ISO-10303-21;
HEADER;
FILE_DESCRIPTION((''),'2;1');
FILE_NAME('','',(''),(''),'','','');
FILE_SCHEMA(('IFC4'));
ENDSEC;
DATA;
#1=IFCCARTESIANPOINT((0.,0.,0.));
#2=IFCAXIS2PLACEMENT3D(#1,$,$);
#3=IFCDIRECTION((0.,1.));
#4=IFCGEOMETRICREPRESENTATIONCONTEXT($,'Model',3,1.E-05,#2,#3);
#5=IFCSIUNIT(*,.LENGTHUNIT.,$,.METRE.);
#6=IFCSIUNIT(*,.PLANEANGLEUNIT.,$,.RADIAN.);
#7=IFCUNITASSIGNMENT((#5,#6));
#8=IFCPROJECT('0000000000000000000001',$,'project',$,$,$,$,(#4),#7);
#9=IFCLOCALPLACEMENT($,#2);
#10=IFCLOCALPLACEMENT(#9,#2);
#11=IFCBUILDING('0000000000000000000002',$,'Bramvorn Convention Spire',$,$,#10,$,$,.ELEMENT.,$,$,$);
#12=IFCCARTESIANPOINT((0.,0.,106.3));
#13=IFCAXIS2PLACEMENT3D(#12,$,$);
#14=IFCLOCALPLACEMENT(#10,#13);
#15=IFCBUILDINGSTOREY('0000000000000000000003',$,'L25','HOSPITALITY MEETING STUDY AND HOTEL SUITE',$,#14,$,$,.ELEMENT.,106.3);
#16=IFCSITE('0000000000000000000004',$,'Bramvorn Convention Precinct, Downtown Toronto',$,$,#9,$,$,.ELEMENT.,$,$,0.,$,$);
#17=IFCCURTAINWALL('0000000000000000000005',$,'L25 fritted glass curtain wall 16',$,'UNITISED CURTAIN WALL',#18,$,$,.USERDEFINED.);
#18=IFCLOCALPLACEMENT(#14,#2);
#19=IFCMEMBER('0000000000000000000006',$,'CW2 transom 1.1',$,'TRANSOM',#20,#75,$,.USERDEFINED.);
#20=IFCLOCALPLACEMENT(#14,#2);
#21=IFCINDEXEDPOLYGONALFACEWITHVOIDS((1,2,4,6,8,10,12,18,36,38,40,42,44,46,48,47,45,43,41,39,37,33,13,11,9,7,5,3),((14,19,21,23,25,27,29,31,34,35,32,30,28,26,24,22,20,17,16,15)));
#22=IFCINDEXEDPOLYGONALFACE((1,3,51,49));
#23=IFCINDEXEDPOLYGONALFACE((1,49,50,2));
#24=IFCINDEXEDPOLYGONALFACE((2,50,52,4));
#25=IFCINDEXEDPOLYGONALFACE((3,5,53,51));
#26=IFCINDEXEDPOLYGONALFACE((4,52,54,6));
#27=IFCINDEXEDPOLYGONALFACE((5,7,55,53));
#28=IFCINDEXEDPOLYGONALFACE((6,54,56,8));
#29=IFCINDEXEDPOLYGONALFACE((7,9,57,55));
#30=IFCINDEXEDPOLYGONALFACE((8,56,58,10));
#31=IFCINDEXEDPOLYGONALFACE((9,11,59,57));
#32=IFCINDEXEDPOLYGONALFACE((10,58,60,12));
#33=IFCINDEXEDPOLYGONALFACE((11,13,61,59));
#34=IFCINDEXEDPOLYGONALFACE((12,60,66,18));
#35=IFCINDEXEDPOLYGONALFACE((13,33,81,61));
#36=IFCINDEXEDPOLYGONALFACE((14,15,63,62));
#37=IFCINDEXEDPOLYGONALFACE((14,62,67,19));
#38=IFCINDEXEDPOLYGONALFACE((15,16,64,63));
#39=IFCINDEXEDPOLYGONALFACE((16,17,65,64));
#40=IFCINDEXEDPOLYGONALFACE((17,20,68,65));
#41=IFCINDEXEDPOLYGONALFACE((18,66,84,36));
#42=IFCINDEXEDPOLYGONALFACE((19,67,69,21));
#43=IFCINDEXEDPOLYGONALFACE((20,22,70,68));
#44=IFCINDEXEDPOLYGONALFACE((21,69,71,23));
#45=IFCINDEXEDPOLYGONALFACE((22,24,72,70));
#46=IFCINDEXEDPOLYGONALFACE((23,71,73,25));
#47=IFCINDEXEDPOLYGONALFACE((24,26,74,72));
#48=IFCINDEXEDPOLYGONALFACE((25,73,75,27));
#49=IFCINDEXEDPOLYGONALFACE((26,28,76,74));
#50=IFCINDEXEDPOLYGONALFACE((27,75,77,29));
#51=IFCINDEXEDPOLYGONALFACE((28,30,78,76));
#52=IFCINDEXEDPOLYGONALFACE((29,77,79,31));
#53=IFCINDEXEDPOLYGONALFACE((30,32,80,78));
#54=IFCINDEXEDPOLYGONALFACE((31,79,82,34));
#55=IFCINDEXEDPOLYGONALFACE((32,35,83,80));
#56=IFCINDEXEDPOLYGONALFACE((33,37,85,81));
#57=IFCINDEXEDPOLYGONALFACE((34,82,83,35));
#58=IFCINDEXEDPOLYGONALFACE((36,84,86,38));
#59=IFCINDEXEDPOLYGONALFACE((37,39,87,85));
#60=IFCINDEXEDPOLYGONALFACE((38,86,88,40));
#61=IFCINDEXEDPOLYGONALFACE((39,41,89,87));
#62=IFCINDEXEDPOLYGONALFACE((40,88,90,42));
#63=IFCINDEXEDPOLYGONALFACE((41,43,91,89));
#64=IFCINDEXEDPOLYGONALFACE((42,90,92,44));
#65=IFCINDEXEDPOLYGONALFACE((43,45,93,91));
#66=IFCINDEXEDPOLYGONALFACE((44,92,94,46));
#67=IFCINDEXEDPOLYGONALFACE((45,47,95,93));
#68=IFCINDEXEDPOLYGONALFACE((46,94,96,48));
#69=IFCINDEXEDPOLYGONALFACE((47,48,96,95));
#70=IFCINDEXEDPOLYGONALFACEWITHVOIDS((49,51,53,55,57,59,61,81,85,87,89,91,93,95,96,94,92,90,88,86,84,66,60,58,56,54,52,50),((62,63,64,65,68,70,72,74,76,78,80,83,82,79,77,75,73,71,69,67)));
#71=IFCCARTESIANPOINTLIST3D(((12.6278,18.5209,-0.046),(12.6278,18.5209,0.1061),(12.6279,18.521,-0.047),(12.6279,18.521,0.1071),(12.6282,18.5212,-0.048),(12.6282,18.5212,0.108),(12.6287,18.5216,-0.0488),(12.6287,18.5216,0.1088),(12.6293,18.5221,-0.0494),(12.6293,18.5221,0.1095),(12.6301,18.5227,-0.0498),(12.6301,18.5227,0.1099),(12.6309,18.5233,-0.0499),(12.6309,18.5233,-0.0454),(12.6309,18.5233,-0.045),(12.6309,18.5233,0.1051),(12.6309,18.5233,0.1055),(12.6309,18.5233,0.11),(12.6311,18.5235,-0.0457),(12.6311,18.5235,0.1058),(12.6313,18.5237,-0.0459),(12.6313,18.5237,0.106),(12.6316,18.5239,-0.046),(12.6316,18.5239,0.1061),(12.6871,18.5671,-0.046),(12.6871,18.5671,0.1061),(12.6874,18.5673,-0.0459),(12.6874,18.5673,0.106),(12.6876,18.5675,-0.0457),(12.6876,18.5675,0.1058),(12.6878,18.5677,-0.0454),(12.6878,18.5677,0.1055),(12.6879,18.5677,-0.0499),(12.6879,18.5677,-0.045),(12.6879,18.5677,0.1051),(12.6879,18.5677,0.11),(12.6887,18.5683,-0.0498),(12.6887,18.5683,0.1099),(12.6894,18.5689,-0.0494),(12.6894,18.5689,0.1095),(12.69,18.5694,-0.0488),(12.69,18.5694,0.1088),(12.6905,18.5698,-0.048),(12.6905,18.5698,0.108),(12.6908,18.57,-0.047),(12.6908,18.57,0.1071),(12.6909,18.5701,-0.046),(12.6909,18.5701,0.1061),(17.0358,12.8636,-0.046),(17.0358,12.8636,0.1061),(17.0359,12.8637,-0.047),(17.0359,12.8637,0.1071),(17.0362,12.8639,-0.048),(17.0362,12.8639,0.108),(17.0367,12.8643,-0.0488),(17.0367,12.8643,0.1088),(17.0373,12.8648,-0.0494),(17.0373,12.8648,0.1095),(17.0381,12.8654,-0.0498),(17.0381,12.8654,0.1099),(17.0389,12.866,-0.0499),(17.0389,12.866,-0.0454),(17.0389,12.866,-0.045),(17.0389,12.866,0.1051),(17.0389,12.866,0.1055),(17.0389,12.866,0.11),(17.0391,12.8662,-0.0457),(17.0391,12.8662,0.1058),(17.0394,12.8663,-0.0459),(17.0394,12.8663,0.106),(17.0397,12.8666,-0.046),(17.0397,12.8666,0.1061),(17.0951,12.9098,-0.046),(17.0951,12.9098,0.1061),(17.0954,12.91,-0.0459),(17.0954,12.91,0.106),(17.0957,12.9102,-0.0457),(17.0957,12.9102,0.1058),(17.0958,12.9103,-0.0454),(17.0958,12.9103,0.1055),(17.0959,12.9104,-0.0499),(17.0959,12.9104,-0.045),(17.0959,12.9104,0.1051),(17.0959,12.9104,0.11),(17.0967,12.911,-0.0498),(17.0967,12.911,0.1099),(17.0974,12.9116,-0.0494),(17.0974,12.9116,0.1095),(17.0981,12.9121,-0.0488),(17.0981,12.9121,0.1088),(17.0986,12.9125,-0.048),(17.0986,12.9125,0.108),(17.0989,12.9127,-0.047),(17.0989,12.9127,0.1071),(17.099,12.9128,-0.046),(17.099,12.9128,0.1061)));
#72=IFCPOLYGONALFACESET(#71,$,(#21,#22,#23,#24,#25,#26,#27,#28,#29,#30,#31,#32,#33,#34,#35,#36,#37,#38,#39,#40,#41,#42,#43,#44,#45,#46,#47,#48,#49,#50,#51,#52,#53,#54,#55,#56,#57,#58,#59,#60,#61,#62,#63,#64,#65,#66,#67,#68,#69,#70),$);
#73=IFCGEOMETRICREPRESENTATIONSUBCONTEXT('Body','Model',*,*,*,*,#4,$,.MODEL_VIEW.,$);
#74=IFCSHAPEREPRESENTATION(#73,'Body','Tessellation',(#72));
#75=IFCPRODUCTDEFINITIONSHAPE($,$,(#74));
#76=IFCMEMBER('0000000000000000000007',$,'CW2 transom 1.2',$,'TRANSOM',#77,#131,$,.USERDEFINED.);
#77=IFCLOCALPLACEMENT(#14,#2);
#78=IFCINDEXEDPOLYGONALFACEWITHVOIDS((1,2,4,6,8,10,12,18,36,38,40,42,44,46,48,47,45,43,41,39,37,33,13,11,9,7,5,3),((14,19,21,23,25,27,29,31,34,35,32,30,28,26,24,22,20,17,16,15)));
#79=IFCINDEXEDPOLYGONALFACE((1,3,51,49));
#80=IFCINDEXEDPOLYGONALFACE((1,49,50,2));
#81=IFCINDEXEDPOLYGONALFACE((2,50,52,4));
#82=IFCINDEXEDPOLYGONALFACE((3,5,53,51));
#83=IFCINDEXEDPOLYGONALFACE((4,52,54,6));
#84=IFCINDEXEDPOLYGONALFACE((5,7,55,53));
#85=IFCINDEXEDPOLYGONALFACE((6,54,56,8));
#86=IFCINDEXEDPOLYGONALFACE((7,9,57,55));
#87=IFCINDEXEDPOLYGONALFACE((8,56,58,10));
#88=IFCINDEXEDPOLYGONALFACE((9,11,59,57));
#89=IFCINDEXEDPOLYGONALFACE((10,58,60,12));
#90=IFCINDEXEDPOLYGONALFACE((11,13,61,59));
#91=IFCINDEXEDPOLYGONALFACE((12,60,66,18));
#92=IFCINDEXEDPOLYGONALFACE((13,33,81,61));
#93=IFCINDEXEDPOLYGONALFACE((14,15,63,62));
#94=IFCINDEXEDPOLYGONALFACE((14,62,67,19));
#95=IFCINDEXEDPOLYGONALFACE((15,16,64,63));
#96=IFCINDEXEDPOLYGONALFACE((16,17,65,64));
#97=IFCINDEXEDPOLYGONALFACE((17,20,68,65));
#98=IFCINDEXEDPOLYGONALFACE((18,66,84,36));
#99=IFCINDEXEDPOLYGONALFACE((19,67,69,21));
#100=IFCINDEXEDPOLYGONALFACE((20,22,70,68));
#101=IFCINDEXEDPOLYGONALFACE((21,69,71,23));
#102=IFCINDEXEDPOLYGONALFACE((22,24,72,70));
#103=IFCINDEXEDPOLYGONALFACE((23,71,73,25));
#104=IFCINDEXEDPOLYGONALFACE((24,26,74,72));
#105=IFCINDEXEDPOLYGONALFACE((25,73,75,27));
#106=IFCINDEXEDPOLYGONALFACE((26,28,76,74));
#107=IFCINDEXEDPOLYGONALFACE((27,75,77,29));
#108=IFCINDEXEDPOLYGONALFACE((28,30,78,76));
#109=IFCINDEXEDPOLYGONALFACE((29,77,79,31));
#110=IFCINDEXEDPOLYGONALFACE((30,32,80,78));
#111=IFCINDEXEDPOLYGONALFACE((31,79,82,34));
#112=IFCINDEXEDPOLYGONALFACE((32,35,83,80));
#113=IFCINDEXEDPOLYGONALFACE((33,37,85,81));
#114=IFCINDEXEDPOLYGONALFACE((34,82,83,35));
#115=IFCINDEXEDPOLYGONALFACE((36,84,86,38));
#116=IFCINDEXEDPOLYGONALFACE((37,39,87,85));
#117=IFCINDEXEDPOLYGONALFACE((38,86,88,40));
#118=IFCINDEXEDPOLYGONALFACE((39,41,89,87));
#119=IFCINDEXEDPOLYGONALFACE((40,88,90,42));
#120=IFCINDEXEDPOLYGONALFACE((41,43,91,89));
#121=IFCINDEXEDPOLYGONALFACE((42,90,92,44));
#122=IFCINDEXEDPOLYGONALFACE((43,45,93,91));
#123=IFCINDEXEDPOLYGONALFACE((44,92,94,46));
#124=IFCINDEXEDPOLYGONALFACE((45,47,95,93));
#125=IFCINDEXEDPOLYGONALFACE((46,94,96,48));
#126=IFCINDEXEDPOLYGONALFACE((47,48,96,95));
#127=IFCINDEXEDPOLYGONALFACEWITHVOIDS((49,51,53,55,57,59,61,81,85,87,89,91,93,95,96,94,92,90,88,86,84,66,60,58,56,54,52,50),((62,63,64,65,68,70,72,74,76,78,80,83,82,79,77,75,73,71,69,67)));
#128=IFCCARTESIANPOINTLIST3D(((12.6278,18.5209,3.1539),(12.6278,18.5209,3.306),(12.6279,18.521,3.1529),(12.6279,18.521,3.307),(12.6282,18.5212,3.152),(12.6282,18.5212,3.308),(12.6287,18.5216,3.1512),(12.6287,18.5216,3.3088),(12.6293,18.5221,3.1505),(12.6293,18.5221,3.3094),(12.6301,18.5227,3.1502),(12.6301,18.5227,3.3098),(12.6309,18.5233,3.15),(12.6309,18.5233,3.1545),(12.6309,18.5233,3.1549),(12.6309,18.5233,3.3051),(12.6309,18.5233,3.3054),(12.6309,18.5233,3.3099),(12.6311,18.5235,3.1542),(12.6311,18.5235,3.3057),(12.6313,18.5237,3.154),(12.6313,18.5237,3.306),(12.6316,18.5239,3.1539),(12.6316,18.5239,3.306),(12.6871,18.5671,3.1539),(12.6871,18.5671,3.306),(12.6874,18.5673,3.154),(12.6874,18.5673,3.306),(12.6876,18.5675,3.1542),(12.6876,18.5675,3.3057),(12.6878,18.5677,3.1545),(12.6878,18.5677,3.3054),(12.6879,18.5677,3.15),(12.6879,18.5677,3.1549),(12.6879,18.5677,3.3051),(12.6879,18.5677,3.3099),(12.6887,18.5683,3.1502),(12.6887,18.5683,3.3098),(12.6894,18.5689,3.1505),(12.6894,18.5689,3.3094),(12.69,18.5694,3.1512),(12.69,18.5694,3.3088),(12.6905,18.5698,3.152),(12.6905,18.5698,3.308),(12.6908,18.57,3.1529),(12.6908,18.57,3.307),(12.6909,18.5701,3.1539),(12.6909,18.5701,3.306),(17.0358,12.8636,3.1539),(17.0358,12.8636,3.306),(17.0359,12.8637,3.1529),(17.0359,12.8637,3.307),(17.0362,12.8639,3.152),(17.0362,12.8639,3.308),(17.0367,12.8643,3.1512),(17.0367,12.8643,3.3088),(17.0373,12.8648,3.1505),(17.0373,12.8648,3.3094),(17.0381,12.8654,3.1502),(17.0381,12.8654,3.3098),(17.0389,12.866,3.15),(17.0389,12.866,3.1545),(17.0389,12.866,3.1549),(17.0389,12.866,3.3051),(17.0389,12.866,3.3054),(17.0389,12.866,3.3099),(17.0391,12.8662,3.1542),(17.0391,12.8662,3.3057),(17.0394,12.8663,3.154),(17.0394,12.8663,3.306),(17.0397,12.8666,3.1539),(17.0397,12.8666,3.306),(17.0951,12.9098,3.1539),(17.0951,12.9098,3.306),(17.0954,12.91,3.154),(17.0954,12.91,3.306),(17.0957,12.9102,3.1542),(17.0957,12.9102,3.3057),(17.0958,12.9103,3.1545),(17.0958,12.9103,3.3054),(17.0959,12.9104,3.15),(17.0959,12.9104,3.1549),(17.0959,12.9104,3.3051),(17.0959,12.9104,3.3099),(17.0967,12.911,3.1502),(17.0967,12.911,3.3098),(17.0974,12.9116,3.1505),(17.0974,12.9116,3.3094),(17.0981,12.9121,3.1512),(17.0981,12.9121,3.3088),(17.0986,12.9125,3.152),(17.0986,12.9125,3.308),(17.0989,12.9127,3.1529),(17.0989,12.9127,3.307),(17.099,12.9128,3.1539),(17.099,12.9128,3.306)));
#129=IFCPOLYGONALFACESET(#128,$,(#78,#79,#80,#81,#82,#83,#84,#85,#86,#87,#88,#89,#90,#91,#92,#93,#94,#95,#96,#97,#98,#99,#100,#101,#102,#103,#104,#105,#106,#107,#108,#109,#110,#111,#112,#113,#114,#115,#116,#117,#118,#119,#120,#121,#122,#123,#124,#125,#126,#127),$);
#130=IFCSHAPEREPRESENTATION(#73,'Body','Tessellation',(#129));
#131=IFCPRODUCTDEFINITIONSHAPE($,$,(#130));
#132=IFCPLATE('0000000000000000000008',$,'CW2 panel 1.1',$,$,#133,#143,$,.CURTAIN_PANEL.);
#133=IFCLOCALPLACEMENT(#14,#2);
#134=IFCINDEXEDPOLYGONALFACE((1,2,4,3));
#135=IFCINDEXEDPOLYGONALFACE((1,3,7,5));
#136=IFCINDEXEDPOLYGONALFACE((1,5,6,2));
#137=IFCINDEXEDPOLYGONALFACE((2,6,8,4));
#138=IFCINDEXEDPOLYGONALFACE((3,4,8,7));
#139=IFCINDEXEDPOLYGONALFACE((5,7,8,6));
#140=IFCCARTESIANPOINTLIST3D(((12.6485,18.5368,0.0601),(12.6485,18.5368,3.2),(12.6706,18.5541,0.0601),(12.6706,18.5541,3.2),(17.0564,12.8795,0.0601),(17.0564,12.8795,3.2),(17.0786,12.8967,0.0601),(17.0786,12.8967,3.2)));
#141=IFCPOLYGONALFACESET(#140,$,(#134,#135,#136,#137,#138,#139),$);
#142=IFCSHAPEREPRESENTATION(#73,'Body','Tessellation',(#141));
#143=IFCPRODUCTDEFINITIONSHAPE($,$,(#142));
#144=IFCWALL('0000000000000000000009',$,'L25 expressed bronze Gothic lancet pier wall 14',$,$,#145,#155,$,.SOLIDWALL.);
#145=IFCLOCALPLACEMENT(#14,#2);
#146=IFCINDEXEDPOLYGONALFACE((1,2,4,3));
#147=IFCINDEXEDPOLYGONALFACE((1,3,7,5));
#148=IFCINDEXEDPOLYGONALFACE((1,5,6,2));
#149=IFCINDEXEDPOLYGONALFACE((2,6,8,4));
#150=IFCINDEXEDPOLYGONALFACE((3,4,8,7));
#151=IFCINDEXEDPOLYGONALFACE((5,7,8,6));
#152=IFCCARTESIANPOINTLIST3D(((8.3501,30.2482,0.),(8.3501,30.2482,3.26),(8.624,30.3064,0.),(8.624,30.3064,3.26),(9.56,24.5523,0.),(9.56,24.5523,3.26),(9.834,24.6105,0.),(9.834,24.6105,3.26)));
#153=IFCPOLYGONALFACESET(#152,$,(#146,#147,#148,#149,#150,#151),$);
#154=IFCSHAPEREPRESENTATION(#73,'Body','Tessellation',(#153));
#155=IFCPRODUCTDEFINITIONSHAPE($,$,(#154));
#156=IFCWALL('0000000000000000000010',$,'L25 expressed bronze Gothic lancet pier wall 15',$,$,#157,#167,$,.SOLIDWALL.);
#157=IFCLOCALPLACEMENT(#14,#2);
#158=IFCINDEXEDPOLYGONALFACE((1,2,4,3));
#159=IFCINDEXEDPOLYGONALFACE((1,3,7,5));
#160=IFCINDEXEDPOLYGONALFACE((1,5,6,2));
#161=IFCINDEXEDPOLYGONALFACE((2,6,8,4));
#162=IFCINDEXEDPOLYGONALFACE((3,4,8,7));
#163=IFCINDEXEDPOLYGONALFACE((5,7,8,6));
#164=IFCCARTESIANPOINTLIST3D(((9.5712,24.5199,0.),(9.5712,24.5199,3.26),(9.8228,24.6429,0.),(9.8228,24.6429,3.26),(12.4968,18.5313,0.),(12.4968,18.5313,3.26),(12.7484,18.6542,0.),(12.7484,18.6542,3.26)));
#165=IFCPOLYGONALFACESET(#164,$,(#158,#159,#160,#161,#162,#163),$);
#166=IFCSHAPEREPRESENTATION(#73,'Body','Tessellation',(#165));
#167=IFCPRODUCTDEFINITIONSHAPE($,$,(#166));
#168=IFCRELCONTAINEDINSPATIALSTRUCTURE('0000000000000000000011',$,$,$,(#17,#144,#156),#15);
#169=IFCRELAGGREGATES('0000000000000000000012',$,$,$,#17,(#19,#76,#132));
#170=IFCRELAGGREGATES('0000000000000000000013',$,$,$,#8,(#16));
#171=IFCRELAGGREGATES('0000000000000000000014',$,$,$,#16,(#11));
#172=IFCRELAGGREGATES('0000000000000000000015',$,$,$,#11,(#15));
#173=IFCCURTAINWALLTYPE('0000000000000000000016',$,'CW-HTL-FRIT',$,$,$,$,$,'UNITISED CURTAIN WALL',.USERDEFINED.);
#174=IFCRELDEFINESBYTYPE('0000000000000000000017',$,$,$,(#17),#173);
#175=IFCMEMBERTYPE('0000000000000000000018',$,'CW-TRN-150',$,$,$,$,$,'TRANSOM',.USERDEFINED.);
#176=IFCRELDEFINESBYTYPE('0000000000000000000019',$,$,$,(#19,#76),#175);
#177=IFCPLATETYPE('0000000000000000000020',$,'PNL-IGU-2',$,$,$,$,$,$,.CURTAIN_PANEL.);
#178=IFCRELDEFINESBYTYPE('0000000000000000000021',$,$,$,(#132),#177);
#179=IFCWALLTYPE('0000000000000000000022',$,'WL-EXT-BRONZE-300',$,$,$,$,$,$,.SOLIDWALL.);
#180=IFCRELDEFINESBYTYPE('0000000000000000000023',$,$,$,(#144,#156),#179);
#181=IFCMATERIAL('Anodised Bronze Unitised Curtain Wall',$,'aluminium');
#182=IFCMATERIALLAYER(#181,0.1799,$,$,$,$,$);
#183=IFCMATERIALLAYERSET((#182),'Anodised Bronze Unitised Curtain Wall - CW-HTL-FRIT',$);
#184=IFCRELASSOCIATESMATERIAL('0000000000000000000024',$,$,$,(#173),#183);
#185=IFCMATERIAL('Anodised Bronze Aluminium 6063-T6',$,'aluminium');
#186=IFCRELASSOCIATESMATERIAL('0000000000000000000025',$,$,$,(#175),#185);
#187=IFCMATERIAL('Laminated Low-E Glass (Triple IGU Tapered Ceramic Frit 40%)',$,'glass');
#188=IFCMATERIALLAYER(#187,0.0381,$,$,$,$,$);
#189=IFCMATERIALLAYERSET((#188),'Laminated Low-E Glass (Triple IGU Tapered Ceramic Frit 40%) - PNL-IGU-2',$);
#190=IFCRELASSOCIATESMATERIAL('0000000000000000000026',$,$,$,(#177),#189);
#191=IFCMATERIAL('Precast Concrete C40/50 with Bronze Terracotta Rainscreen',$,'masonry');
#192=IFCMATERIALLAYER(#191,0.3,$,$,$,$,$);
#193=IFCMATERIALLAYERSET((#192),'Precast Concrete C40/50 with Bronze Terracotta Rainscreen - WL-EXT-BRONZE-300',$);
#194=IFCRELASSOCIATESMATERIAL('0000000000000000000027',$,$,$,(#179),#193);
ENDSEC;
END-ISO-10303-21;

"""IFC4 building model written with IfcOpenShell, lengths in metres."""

from ifc_helpers import new_model, si_unit, direction, frame, frame_2d, origin, origin_2d, place, context, subcontext, project, spatial, rectangle, hollow_rectangle, extrude, material, layer, layer_set, material_profile, profile_set, type_object, element, aggregate, save


model = new_model("IFC4")

# Units and contexts
model_context = context("Model", 3, precision=1e-05, world=origin(), true_north=direction((0.0, 1.0)))
body_context = subcontext(model_context, "Body", "Model", "MODEL_VIEW")
ifc_project = project(units=[si_unit("LENGTHUNIT", "METRE"), si_unit("PLANEANGLEUNIT", "RADIAN")], contexts=[model_context])

# Site, building, storey
site_placement = place(None, origin())
site = spatial("IfcSite", under=ifc_project, at=site_placement, Name="Bramvorn Convention Precinct, Downtown Toronto", CompositionType="ELEMENT", RefElevation=0.0)
building_placement = place(site_placement, origin())
building = spatial("IfcBuilding", under=site, at=building_placement, Name="Bramvorn Convention Spire", CompositionType="ELEMENT")
storey_placement = place(building_placement, frame((0.0, 0.0, 106.3)))
storey = spatial("IfcBuildingStorey", under=building, at=storey_placement, Name="L25", Description="HOSPITALITY MEETING STUDY AND HOTEL SUITE", CompositionType="ELEMENT", Elevation=106.3)

# Curtain wall
ifc_material_1 = material(Name="Anodised Bronze Unitised Curtain Wall", Category="aluminium")
ifc_layer_1 = layer(ifc_material_1, 0.1799)
ifc_layer_set_1 = layer_set([ifc_layer_1], Name="Anodised Bronze Unitised Curtain Wall - CW-HTL-FRIT")
curtain_wall_type = type_object("IfcCurtainWallType", Name="CW-HTL-FRIT", ElementType="UNITISED CURTAIN WALL", PredefinedType="USERDEFINED", material=ifc_layer_set_1)
curtain_wall_1_placement = place(storey_placement, origin())
curtain_wall_1 = element("IfcCurtainWall", 1, at=curtain_wall_1_placement, inside=storey, type_object=curtain_wall_type, Name="L25 fritted glass curtain wall 16", ObjectType="UNITISED CURTAIN WALL", PredefinedType="USERDEFINED")
ifc_material_2 = material(Name="Anodised Bronze Aluminium 6063-T6", Category="aluminium")

# Members
ifc_material_profile_1 = material_profile(ifc_material_2, hollow_rectangle(XDim=0.0801, YDim=0.1599, WallThickness=0.0039, InnerFilletRadius=0.001, OuterFilletRadius=0.0039, at=origin_2d()))
ifc_profile_set_1 = profile_set([ifc_material_profile_1], Name="Anodised Bronze Aluminium 6063-T6 - CWT80X160")
member_type_1 = type_object("IfcMemberType", Name="CW-TRN-150", ElementType="TRANSOM", PredefinedType="USERDEFINED", material=ifc_profile_set_1)
member_1_placement = place(storey_placement, frame((17.0674, 12.8882, 0.03), z_axis=(-0.614626, 0.788819, 0.0), x_axis=(-0.788819, -0.614626, 0.0)))
member_1 = element("IfcMember", 2, at=member_1_placement, type_object=member_type_1, Name="CW2 transom 1.1", ObjectType="TRANSOM", PredefinedType="USERDEFINED", context=body_context, shape_type="SweptSolid", body=[
    extrude(hollow_rectangle(XDim=0.0801, YDim=0.1599, WallThickness=0.0039, InnerFilletRadius=0.001, OuterFilletRadius=0.0039, at=origin_2d()), origin(), (0.0, 0.0, 1.0), 7.1719),
])
member_2_placement = place(storey_placement, frame((17.0674, 12.8882, 3.23), z_axis=(-0.614626, 0.788819, 0.0), x_axis=(-0.788819, -0.614626, 0.0)))
member_2 = element("IfcMember", 3, at=member_2_placement, type_object=member_type_1, Name="CW2 transom 1.2", ObjectType="TRANSOM", PredefinedType="USERDEFINED", context=body_context, shape_type="SweptSolid", body=[
    extrude(hollow_rectangle(XDim=0.0801, YDim=0.1599, WallThickness=0.0039, InnerFilletRadius=0.001, OuterFilletRadius=0.0039, at=origin_2d()), origin(), (0.0, 0.0, 1.0), 7.1719),
])

# Plate
ifc_material_3 = material(Name="Laminated Low-E Glass (Triple IGU Tapered Ceramic Frit 40%)", Category="glass")
ifc_layer_2 = layer(ifc_material_3, 0.0381)
ifc_layer_set_2 = layer_set([ifc_layer_2], Name="Laminated Low-E Glass (Triple IGU Tapered Ceramic Frit 40%) - PNL-IGU-2")
plate_type = type_object("IfcPlateType", Name="PNL-IGU-2", PredefinedType="CURTAIN_PANEL", material=ifc_layer_set_2)
plate_placement = place(storey_placement, frame((14.8635, 15.7168, 0.0601), z_axis=(0.0, 0.0, 1.0), x_axis=(-0.614617, 0.788825, 0.0)))
plate = element("IfcPlate", 4, at=plate_placement, type_object=plate_type, Name="CW2 panel 1.1", PredefinedType="CURTAIN_PANEL", context=body_context, shape_type="SweptSolid", body=[
    extrude(rectangle(XDim=7.1719, YDim=0.0281, at=origin_2d()), origin(), (0.0, 0.0, 1.0), 3.1399),
])
aggregate(curtain_wall_1, [member_1, member_2, plate])

# Walls
ifc_material_4 = material(Name="Precast Concrete C40/50 with Bronze Terracotta Rainscreen", Category="masonry")
ifc_layer_3 = layer(ifc_material_4, 0.3)
ifc_layer_set_3 = layer_set([ifc_layer_3], Name="Precast Concrete C40/50 with Bronze Terracotta Rainscreen - WL-EXT-BRONZE-300")
wall_type_1 = type_object("IfcWallType", Name="WL-EXT-BRONZE-300", PredefinedType="SOLIDWALL", material=ifc_layer_set_3)
wall_1_placement = place(storey_placement, frame((9.697, 24.5813, 0.0), z_axis=(0.0, 0.0, 1.0), x_axis=(-0.207794, 0.978173, 0.0)))
element("IfcWall", 5, at=wall_1_placement, inside=storey, type_object=wall_type_1, Name="L25 expressed bronze Gothic lancet pier wall 14", PredefinedType="SOLIDWALL", context=body_context, shape_type="SweptSolid", body=[
    extrude(rectangle(XDim=5.823, YDim=0.28, at=frame_2d((2.9116, 0.0))), origin(), (0.0, 0.0, 1.0), 3.26),
])
wall_2_placement = place(storey_placement, frame((12.6226, 18.5928, 0.0), z_axis=(0.0, 0.0, 1.0), x_axis=(-0.438945, 0.898514, 0.0)))
element("IfcWall", 6, at=wall_2_placement, inside=storey, type_object=wall_type_1, Name="L25 expressed bronze Gothic lancet pier wall 15", PredefinedType="SOLIDWALL", context=body_context, shape_type="SweptSolid", body=[
    extrude(rectangle(XDim=6.665, YDim=0.28, at=frame_2d((3.3325, 0.0))), origin(), (0.0, 0.0, 1.0), 3.26),
])

save(model, "model.ifc")
